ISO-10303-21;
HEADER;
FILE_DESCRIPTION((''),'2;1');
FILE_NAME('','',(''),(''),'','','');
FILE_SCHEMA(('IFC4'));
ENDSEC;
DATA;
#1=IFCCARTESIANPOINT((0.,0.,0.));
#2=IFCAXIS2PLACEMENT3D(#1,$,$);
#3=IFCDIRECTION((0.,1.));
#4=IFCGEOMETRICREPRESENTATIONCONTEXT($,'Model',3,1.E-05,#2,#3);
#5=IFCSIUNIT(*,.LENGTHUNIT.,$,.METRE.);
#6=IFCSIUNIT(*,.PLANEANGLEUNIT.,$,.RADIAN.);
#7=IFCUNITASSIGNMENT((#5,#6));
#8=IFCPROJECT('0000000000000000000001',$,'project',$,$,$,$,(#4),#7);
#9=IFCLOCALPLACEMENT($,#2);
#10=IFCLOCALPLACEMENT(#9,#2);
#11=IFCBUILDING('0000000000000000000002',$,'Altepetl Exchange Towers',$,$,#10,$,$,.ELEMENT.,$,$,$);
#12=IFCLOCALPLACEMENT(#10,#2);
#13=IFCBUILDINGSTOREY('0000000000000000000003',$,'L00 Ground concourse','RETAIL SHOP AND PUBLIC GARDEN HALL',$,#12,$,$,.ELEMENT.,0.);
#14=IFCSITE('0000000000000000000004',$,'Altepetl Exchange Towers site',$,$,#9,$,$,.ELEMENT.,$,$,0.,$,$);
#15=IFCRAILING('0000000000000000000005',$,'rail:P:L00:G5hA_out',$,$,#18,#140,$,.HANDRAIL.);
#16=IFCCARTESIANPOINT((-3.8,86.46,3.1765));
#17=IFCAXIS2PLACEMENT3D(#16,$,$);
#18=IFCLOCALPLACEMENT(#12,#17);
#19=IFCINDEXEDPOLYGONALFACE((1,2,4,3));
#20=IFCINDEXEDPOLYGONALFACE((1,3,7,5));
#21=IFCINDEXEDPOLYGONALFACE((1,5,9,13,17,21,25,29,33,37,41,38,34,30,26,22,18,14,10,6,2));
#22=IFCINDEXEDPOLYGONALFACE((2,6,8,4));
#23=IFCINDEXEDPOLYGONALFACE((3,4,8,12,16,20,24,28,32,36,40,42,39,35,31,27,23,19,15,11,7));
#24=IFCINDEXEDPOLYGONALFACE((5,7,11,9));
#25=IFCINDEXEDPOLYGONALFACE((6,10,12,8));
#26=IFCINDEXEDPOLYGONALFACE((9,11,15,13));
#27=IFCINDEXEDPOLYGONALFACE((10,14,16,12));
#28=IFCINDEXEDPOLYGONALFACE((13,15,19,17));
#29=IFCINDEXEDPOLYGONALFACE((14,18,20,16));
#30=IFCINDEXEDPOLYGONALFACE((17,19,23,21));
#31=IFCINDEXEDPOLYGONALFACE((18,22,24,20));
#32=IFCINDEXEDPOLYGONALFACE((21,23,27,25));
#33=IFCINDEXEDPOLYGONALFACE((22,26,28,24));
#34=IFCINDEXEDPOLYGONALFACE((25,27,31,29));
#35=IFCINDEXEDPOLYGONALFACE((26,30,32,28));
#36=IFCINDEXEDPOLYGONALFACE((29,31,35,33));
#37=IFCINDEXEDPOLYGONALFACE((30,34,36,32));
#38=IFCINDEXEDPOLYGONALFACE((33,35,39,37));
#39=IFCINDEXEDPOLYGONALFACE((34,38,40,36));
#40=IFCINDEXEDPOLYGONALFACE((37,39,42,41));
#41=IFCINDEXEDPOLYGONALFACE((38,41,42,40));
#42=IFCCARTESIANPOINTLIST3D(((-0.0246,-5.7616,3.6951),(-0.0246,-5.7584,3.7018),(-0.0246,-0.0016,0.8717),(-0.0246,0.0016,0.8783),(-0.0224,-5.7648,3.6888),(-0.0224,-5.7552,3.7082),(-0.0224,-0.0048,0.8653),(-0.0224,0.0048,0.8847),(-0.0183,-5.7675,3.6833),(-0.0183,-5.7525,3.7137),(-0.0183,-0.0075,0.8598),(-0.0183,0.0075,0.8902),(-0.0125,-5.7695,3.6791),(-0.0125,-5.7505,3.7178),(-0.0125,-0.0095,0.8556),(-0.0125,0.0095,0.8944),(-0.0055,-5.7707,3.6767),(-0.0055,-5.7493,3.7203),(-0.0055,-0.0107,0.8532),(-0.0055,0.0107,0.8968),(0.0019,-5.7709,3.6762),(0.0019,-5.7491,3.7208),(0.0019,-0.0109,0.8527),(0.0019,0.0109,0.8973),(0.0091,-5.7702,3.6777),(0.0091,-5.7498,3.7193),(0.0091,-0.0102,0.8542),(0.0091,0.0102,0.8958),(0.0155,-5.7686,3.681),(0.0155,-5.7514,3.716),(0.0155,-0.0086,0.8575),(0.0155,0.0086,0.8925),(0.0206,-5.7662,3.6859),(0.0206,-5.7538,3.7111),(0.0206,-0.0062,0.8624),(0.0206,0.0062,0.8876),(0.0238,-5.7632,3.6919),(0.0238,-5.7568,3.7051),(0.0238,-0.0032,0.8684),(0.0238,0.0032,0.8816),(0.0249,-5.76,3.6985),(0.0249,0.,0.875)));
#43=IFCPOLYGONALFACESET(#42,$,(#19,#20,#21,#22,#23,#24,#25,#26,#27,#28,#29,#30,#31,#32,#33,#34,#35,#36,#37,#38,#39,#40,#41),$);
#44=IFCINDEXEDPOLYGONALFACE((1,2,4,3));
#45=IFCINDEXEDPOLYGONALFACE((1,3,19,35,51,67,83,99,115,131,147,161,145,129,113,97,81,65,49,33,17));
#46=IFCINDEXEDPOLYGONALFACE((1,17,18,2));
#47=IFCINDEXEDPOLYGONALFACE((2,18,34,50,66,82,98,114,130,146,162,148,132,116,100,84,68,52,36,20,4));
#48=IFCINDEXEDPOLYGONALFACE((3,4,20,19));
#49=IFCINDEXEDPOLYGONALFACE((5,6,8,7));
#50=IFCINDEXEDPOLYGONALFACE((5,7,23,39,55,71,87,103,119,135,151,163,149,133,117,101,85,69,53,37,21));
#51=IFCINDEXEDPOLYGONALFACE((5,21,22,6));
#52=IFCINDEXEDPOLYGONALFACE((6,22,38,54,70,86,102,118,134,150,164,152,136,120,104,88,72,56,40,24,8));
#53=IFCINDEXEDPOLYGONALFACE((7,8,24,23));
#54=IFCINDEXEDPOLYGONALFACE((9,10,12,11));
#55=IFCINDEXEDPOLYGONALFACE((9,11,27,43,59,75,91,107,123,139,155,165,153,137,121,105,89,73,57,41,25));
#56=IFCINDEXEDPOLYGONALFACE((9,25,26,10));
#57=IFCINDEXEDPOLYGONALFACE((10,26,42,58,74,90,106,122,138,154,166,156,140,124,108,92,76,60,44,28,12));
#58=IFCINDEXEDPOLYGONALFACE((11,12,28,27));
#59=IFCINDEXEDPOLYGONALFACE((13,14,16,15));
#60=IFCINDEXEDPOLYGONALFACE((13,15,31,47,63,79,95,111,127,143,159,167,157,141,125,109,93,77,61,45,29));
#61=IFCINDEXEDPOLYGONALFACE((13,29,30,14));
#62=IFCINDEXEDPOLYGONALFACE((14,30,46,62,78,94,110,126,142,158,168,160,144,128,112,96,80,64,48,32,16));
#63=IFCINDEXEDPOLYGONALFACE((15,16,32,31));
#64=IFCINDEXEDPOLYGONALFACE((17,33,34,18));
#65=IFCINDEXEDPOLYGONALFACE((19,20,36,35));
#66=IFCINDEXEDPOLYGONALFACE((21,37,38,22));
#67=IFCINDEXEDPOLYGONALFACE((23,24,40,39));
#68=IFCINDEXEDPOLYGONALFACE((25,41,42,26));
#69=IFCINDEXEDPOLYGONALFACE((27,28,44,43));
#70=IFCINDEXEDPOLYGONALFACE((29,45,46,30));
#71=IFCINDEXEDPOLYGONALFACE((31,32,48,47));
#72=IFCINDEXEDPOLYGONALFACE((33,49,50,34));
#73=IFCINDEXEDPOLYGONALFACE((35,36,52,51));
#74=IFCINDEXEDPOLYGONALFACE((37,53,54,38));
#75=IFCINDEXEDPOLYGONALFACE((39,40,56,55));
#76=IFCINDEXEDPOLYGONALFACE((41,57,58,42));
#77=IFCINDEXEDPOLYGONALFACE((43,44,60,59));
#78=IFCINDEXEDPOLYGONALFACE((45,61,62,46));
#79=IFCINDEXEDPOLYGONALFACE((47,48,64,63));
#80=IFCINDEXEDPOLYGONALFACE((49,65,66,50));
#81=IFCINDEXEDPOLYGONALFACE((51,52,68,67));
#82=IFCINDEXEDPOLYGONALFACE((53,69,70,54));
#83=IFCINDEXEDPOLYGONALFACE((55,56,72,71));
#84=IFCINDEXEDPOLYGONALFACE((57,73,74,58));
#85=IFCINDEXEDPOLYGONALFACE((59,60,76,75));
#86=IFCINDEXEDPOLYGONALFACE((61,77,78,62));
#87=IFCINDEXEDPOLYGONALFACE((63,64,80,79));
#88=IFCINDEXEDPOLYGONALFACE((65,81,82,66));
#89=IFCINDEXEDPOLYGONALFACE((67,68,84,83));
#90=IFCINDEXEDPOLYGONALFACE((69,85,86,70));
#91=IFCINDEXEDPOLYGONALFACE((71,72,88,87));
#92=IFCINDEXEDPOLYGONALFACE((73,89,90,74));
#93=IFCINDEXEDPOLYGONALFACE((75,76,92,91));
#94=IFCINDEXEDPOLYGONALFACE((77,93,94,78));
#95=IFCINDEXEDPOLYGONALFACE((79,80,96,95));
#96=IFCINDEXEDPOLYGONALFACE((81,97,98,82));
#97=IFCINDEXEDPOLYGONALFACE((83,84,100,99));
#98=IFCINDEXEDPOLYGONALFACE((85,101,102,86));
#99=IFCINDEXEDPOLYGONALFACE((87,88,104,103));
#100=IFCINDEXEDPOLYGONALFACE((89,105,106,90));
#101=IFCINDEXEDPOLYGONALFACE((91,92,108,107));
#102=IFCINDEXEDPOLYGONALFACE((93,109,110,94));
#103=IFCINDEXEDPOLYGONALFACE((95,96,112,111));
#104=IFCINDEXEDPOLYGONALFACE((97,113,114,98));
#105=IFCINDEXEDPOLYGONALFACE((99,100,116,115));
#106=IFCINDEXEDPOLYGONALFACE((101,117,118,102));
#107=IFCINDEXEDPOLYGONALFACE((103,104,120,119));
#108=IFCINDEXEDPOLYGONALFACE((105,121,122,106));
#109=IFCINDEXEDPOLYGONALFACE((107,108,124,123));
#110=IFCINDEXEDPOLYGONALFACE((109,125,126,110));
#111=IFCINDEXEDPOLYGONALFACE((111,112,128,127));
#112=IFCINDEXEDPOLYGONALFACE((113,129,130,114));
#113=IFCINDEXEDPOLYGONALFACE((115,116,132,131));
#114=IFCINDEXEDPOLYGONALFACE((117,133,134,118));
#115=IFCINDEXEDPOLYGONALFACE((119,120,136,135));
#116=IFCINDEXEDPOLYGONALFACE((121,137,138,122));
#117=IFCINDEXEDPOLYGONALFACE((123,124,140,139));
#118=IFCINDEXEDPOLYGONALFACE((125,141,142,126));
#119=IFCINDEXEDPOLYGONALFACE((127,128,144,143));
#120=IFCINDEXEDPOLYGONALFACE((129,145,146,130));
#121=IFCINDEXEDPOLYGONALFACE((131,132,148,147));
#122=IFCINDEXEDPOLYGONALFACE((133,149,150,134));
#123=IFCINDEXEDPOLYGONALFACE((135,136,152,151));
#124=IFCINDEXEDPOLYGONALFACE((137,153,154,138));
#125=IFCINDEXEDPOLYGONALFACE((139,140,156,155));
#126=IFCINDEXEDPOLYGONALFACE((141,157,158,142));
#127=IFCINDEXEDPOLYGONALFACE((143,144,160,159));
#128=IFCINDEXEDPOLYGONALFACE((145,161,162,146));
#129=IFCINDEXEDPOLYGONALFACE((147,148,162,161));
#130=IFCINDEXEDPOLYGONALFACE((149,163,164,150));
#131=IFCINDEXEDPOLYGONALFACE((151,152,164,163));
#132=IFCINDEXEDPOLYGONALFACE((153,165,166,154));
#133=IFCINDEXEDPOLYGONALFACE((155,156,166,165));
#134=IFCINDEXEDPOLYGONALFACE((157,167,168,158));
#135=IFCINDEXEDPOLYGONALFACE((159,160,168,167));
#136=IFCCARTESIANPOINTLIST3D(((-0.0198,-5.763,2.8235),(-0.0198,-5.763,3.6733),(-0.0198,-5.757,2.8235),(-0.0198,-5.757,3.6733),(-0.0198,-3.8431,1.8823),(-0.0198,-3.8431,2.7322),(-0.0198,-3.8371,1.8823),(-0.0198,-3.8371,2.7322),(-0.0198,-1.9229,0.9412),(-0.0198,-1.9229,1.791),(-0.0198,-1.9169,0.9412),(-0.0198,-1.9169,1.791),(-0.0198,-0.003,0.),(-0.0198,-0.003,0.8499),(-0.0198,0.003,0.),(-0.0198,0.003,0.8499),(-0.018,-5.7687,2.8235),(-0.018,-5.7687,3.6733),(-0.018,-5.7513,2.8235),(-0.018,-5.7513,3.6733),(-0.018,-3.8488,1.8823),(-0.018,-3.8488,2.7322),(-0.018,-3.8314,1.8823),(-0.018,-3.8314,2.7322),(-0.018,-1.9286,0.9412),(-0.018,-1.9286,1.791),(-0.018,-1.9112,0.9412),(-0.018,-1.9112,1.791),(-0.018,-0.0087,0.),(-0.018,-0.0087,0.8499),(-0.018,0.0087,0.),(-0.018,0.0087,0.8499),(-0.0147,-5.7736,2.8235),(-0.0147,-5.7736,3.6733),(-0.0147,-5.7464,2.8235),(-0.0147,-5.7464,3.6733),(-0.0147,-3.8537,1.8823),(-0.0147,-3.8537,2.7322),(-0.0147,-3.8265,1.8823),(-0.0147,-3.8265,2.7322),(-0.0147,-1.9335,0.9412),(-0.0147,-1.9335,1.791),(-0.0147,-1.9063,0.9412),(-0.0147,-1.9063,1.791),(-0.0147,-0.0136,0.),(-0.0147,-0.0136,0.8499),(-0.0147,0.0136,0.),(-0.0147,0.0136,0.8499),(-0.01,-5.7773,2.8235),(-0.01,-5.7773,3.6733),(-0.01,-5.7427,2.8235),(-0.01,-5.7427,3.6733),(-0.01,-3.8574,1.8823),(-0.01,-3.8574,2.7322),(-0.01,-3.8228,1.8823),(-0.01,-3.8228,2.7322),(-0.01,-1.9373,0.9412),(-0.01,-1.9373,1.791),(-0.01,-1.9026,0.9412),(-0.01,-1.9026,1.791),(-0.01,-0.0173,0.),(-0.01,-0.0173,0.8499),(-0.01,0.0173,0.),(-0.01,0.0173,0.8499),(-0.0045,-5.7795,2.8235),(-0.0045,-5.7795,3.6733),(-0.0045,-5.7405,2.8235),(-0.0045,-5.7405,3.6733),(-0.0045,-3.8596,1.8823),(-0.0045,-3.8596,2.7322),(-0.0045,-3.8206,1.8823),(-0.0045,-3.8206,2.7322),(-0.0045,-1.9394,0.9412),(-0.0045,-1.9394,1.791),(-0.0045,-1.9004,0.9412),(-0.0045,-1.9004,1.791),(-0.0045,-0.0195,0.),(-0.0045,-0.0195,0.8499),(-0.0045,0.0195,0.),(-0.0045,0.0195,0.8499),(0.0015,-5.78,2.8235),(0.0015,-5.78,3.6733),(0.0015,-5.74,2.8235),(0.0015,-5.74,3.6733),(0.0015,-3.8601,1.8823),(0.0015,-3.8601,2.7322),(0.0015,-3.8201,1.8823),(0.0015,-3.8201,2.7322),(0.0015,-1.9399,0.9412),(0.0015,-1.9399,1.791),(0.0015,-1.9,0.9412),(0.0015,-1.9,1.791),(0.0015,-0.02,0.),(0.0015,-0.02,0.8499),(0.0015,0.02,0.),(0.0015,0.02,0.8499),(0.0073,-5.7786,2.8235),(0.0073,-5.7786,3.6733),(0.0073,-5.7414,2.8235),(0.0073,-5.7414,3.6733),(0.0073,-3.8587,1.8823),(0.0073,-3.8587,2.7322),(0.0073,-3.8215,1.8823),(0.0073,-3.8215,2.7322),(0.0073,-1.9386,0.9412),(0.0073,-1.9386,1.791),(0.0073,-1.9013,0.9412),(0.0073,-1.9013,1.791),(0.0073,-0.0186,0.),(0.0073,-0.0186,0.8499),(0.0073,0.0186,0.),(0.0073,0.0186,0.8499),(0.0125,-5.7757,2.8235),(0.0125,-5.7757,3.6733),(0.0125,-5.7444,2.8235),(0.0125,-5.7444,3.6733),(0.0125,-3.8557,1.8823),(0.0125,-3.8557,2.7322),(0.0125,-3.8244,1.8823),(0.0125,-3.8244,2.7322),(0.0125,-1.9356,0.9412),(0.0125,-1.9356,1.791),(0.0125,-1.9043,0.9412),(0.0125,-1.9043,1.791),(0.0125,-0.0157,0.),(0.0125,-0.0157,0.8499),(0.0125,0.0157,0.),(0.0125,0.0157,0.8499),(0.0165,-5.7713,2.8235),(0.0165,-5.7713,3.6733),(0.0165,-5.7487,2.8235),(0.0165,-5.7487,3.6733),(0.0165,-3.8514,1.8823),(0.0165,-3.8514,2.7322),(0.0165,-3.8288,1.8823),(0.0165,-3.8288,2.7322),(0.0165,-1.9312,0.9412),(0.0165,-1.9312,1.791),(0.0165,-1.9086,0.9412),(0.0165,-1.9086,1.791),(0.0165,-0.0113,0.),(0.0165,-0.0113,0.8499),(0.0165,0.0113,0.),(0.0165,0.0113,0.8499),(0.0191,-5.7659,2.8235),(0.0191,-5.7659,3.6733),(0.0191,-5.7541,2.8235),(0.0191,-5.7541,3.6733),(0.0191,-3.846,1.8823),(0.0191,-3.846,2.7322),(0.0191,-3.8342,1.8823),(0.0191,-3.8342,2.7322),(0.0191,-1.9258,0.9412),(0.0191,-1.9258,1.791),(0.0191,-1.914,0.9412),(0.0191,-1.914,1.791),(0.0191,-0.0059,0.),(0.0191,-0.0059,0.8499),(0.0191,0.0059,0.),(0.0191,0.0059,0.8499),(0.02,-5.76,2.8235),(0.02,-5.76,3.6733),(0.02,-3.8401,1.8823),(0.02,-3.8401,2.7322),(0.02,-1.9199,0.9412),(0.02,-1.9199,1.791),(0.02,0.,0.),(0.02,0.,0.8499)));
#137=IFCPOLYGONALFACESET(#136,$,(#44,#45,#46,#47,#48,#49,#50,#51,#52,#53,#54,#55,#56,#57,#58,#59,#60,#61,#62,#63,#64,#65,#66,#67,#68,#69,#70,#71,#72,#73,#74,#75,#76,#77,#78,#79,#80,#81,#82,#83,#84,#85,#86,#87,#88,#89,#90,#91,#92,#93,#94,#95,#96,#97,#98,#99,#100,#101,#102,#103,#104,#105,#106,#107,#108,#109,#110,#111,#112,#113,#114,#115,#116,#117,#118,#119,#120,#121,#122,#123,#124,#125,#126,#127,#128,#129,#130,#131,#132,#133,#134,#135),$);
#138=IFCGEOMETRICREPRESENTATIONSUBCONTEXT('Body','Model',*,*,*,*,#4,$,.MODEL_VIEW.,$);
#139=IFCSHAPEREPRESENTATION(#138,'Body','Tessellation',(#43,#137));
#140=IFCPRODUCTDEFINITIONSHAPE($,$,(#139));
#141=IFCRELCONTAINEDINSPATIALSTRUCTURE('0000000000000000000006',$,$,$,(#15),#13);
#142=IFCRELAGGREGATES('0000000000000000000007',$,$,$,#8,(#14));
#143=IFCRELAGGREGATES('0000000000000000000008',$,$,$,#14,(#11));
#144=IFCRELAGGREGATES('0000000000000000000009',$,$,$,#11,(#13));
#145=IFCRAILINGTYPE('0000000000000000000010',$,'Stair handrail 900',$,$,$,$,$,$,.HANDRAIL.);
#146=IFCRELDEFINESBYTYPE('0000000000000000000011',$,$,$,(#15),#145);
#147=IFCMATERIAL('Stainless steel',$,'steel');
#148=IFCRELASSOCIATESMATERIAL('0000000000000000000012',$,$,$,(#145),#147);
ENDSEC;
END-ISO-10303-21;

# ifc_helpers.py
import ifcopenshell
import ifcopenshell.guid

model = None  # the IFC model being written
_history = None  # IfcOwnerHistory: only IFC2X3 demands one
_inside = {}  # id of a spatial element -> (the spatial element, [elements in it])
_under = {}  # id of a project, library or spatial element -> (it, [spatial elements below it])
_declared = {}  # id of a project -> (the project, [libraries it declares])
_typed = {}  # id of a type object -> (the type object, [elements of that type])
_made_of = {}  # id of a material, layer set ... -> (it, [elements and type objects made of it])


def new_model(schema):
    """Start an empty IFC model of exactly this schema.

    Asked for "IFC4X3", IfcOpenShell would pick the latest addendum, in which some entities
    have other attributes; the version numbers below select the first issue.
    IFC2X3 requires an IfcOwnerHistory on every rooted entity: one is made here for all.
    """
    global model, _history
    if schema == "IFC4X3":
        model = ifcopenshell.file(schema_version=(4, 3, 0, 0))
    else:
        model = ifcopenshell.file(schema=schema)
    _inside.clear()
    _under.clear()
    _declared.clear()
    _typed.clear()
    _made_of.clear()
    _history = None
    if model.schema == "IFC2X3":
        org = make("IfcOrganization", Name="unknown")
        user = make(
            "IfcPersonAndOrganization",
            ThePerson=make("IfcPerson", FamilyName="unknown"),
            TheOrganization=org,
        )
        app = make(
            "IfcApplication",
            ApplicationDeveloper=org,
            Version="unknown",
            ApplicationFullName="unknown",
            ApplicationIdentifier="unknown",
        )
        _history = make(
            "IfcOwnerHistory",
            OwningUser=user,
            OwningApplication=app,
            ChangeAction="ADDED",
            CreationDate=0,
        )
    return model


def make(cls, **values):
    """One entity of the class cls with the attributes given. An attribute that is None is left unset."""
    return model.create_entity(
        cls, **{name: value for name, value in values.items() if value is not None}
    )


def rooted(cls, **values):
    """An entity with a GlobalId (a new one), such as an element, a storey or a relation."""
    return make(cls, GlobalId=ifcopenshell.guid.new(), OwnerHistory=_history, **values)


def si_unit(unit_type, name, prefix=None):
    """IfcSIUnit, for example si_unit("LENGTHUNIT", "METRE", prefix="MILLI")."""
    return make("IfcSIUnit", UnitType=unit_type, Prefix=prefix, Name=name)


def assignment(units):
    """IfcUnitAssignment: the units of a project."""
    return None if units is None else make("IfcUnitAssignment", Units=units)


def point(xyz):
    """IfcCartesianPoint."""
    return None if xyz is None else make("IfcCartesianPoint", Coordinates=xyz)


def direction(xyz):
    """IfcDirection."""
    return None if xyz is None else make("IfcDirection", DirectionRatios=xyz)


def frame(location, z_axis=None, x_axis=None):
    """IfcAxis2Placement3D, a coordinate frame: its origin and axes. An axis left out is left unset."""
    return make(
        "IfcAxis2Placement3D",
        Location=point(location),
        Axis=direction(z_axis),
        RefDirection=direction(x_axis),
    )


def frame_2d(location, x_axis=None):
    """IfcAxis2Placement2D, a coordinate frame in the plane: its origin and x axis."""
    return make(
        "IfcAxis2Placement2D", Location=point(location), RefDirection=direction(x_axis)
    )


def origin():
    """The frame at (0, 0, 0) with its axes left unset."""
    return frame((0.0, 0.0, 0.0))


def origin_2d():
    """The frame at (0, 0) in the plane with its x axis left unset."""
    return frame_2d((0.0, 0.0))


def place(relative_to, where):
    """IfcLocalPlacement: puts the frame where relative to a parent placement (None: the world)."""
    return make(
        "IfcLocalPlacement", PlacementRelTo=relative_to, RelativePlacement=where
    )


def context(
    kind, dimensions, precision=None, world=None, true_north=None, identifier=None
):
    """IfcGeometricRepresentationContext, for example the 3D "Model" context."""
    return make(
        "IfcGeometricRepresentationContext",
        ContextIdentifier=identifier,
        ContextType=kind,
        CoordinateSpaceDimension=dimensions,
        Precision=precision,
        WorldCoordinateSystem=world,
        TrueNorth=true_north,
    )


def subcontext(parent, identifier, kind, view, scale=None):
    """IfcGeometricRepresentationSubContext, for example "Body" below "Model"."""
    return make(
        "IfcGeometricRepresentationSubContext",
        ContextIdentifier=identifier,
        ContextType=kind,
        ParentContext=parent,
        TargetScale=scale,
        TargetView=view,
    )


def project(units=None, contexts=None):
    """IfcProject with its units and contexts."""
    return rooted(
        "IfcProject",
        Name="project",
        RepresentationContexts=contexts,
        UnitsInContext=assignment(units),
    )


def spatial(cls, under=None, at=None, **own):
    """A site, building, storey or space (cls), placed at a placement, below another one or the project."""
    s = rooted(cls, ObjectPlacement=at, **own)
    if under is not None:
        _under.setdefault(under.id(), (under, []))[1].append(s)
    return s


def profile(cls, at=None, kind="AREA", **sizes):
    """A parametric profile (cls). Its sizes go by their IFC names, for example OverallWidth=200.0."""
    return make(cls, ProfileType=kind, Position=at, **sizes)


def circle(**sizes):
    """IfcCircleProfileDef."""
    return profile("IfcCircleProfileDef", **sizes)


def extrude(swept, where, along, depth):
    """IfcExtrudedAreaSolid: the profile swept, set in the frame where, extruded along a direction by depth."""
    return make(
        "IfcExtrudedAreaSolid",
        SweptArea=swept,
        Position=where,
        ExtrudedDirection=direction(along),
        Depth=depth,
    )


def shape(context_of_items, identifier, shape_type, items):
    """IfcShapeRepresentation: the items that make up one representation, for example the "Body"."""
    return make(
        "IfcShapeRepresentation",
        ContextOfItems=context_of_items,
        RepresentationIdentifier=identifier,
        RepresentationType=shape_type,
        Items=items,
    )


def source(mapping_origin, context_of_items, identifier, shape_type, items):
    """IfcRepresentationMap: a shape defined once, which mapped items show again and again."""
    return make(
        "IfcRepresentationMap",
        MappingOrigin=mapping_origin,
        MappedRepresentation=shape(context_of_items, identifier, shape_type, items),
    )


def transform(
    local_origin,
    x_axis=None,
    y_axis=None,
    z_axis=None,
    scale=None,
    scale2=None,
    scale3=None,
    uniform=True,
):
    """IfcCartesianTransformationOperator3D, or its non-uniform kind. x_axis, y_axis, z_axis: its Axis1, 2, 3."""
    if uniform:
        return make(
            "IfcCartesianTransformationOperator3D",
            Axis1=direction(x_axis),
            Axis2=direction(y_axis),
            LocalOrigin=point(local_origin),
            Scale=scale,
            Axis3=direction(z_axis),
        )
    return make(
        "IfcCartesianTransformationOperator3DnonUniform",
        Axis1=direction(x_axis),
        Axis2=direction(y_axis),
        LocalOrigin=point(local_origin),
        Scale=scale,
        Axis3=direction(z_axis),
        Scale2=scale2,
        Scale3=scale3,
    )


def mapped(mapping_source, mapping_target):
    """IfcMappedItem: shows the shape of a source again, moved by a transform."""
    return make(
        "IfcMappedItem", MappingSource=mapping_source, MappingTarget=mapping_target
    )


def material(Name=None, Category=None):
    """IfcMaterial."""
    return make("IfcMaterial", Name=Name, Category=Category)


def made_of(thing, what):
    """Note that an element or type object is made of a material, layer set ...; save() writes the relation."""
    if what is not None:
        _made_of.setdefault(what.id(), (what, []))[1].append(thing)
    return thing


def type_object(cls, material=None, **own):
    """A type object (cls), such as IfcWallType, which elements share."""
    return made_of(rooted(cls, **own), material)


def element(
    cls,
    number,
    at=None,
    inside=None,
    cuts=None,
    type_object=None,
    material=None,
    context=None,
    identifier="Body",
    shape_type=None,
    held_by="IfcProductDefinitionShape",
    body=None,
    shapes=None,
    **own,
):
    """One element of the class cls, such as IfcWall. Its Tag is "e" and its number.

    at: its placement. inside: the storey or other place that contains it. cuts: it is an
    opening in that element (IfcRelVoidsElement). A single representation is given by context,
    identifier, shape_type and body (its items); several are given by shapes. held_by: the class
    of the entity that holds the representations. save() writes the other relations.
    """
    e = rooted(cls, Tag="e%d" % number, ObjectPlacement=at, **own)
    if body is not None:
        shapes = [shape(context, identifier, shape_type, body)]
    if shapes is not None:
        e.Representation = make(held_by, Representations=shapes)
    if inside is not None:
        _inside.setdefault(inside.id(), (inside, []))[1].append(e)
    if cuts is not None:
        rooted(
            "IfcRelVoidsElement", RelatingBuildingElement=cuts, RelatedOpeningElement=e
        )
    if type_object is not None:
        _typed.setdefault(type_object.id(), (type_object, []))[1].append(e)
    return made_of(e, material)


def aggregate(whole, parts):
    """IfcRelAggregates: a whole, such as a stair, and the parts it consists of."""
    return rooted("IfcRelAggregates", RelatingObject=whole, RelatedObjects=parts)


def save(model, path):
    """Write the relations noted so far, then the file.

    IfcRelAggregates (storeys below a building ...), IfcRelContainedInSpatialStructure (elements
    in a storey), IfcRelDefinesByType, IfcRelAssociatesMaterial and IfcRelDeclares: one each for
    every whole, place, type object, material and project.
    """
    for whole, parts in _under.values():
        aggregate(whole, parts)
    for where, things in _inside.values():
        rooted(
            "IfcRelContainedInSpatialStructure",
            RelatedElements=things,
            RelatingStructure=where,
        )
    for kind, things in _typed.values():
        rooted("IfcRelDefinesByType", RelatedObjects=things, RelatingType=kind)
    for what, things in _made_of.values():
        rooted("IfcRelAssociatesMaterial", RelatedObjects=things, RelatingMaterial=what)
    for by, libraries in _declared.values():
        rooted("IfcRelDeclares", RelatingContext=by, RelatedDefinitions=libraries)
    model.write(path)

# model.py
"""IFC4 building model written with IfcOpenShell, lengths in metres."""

from ifc_helpers import new_model, si_unit, direction, frame, origin, origin_2d, place, context, subcontext, project, spatial, circle, extrude, source, transform, mapped, material, type_object, element, save


model = new_model("IFC4")

# Units and contexts
model_context = context("Model", 3, precision=1e-05, world=origin(), true_north=direction((0.0, 1.0)))
body_context = subcontext(model_context, "Body", "Model", "MODEL_VIEW")
ifc_project = project(units=[si_unit("LENGTHUNIT", "METRE"), si_unit("PLANEANGLEUNIT", "RADIAN")], contexts=[model_context])

# Site, building, storey
site_placement = place(None, origin())
site = spatial("IfcSite", under=ifc_project, at=site_placement, Name="Altepetl Exchange Towers site", CompositionType="ELEMENT", RefElevation=0.0)
building_placement = place(site_placement, origin())
building = spatial("IfcBuilding", under=site, at=building_placement, Name="Altepetl Exchange Towers", CompositionType="ELEMENT")
storey_placement = place(building_placement, origin())
storey = spatial("IfcBuildingStorey", under=building, at=storey_placement, Name="L00 Ground concourse", Description="RETAIL SHOP AND PUBLIC GARDEN HALL", CompositionType="ELEMENT", Elevation=0.0)

# Railing
ifc_material_1 = material(Name="Stainless steel", Category="steel")
railing_type_1 = type_object("IfcRailingType", Name="Stair handrail 900", PredefinedType="HANDRAIL", material=ifc_material_1)
shared_shape_1 = source(origin(), body_context, "Body", "SweptSolid", [
    extrude(circle(Radius=0.02, at=origin_2d()), origin(), (0.0, 0.0, 1.0), 0.8499),
])
for number, where, name in (
    (1, (-3.8, 86.46, 3.1765), "rail:P:L00:G5hA_out"),
):
    element("IfcRailing", number, at=place(storey_placement, frame(where)), inside=storey, type_object=railing_type_1, Name=name, PredefinedType="HANDRAIL", context=body_context, shape_type="SweptSolid", body=[
        extrude(circle(Radius=0.0249, at=origin_2d()), frame((0.0, 0.0, 0.875), z_axis=(0.0, -0.897924, 0.440151), x_axis=(1.0, 0.0, 0.0)), (0.0, 0.0, 1.0), 6.4148),
        mapped(shared_shape_1, transform((0.0, 0.0, 0.0))),
        mapped(shared_shape_1, transform((0.0, -1.9199, 0.9412))),
        mapped(shared_shape_1, transform((0.0, -3.8401, 1.8823))),
        mapped(shared_shape_1, transform((0.0, -5.76, 2.8235))),
    ])

save(model, "model.ifc")
